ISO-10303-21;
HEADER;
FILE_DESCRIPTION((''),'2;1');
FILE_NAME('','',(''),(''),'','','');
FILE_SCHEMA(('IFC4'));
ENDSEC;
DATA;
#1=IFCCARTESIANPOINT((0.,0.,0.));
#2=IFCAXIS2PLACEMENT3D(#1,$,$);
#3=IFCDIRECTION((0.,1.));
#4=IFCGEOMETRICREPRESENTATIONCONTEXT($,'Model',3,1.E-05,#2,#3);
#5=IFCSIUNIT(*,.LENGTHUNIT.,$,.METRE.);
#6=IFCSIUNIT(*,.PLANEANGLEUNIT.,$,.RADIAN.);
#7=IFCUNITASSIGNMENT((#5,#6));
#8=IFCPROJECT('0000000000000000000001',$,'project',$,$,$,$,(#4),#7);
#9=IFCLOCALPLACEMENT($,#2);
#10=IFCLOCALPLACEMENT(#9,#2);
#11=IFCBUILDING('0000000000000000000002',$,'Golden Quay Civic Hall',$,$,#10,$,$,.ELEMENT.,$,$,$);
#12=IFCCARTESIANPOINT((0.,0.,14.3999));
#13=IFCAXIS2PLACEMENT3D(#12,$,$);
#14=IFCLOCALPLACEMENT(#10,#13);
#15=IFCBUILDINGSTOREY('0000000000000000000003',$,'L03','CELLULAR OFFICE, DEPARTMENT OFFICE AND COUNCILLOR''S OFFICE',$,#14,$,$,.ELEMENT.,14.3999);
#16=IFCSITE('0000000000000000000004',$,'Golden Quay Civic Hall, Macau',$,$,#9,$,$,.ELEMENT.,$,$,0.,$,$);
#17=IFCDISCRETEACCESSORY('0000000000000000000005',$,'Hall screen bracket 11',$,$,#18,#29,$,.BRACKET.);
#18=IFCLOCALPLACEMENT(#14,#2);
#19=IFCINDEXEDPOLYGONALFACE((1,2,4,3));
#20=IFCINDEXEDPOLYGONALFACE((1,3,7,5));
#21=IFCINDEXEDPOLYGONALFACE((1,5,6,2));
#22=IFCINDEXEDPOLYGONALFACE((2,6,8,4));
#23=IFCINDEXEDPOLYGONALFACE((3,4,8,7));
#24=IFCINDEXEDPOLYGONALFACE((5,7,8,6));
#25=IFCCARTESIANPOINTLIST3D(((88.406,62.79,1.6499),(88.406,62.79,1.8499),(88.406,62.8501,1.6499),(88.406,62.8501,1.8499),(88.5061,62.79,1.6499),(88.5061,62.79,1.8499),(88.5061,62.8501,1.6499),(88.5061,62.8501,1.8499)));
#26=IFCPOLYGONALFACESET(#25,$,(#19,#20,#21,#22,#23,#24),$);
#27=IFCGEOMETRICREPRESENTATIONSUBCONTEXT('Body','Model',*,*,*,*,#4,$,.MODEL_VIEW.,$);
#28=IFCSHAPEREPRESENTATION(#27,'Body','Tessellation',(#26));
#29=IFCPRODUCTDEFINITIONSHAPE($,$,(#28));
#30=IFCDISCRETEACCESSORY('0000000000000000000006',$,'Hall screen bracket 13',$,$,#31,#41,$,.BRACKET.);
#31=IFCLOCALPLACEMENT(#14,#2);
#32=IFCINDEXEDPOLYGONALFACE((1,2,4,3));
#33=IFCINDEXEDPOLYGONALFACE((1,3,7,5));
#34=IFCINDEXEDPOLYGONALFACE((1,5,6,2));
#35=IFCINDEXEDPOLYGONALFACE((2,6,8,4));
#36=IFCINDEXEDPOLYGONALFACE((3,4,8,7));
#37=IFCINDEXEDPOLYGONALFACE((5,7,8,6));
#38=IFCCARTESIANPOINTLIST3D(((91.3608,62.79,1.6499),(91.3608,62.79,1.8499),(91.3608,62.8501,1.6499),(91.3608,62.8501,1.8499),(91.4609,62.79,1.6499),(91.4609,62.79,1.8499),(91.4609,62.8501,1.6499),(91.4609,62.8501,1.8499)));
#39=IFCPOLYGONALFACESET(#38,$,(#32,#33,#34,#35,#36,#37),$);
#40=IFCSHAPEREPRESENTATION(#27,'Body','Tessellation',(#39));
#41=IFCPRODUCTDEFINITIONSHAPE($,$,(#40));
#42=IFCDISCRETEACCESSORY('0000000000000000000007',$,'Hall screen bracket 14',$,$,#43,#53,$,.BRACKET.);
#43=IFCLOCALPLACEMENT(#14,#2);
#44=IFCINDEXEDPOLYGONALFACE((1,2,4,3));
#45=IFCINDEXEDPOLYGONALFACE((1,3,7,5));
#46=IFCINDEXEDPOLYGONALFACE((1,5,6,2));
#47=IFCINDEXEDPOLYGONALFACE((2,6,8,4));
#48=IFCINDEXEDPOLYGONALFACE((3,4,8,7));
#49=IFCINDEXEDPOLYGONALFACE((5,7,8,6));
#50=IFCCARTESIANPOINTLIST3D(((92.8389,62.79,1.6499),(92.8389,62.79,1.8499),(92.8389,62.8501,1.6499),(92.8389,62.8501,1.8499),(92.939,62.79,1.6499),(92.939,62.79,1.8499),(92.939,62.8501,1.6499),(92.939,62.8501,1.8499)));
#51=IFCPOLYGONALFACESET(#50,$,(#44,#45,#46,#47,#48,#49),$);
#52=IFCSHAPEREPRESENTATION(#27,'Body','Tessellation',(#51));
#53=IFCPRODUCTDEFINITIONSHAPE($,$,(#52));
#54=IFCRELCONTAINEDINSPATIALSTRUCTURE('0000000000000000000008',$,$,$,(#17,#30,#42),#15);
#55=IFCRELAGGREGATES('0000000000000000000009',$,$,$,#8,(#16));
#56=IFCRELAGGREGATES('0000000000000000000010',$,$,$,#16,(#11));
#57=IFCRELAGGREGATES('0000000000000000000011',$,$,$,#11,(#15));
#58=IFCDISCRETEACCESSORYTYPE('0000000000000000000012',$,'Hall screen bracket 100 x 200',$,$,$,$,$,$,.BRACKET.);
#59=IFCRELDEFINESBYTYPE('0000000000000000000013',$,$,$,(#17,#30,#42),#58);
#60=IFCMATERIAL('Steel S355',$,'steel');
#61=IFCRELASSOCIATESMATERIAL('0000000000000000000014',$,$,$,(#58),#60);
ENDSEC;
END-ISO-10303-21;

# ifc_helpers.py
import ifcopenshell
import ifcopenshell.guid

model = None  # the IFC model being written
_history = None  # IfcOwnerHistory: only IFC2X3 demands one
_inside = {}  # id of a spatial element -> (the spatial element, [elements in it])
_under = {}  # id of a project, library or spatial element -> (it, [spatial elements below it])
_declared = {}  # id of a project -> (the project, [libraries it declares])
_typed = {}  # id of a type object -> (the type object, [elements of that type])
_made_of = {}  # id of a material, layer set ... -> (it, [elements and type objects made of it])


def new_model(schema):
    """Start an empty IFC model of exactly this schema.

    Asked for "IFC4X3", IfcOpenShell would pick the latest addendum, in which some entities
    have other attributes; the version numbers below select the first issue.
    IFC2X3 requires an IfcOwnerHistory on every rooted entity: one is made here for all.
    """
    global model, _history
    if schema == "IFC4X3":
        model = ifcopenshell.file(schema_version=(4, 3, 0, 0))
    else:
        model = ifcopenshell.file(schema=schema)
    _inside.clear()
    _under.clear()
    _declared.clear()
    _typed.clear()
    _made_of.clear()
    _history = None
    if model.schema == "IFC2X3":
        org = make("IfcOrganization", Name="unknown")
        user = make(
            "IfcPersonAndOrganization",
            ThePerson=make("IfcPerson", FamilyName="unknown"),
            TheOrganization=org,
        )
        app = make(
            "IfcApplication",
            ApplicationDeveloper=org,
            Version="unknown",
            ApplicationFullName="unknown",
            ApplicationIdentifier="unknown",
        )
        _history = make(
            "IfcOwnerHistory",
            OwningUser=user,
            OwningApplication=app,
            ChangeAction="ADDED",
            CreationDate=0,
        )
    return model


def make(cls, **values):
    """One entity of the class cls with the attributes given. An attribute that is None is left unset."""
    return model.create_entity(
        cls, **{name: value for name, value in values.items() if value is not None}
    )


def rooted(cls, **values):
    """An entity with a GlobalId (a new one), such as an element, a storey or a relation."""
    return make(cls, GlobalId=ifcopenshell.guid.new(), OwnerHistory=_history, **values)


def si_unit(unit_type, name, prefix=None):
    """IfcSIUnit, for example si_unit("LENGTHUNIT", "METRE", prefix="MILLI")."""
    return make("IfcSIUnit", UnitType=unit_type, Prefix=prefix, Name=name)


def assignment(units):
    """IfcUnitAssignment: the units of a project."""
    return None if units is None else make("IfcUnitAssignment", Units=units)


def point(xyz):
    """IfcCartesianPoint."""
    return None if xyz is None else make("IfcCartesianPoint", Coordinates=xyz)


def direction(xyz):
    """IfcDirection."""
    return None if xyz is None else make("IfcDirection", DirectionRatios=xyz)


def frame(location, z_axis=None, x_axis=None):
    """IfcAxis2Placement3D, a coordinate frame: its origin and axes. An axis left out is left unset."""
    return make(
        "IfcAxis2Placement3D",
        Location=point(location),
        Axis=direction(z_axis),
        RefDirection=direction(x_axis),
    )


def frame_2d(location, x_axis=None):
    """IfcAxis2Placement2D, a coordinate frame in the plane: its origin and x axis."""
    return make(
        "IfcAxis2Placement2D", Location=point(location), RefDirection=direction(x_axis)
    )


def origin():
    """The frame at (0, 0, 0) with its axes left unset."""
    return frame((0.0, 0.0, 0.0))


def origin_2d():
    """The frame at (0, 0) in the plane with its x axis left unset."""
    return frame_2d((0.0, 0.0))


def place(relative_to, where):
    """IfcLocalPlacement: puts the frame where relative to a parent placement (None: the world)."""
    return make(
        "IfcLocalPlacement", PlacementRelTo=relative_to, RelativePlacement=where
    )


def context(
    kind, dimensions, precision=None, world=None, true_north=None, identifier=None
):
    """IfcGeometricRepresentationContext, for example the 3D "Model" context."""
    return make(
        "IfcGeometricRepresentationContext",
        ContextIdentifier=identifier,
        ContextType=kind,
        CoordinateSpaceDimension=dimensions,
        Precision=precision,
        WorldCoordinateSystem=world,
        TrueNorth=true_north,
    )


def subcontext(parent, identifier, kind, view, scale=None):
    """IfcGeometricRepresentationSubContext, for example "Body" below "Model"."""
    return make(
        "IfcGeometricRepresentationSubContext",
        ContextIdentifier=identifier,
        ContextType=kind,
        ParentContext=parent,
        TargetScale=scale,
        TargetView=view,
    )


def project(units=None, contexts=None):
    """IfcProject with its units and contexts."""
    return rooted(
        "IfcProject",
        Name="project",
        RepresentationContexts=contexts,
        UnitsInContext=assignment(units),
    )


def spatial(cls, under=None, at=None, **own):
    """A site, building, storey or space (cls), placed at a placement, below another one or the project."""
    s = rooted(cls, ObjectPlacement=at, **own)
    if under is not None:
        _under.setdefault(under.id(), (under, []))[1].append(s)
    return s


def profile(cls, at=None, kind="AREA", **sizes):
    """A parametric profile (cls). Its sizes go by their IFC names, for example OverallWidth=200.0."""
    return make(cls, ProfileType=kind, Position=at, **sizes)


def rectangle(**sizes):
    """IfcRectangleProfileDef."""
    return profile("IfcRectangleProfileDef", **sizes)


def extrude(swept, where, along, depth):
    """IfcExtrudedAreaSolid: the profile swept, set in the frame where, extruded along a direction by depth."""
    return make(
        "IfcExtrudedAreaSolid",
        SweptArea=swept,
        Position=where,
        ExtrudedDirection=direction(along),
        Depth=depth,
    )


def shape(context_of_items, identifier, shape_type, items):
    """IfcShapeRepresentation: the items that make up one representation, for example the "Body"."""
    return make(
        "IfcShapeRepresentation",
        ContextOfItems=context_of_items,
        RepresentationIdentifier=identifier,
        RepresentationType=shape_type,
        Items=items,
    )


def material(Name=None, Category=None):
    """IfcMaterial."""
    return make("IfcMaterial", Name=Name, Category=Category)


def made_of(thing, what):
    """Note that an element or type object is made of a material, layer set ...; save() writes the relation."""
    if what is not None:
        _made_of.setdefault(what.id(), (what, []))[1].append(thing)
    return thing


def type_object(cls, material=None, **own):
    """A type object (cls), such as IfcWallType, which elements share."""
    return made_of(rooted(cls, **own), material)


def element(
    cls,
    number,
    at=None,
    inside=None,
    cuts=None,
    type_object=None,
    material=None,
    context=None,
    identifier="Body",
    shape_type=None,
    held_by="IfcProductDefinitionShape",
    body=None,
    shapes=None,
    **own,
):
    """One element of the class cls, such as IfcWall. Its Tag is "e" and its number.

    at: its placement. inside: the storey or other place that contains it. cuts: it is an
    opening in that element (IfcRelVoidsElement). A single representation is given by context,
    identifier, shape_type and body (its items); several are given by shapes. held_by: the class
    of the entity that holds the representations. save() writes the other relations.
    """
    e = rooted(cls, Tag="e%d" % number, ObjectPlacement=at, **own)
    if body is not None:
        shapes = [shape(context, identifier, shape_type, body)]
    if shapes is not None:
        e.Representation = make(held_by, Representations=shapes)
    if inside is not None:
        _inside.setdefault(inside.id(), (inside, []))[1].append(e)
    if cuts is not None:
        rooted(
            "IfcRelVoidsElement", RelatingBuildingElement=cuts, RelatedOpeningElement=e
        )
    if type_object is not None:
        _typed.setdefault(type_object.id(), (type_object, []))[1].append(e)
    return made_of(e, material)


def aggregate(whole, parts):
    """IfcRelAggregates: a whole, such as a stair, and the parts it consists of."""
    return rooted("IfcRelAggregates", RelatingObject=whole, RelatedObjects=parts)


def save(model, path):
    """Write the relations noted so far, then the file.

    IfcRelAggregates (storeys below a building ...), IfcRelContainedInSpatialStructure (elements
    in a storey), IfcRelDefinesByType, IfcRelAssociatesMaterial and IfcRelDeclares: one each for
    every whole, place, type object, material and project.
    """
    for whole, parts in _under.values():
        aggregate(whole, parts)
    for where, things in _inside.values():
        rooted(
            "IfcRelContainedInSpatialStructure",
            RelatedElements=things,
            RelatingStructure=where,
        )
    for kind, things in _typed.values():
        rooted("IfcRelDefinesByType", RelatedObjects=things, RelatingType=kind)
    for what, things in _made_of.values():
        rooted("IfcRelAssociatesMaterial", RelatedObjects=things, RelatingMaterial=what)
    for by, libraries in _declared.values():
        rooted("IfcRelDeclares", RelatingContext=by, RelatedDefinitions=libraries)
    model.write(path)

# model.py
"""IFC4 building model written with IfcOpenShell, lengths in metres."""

from ifc_helpers import new_model, si_unit, direction, frame, origin, origin_2d, place, context, subcontext, project, spatial, rectangle, extrude, material, type_object, element, save


model = new_model("IFC4")

# Units and contexts
model_context = context("Model", 3, precision=1e-05, world=origin(), true_north=direction((0.0, 1.0)))
body_context = subcontext(model_context, "Body", "Model", "MODEL_VIEW")
ifc_project = project(units=[si_unit("LENGTHUNIT", "METRE"), si_unit("PLANEANGLEUNIT", "RADIAN")], contexts=[model_context])

# Site, building, storey
site_placement = place(None, origin())
site = spatial("IfcSite", under=ifc_project, at=site_placement, Name="Golden Quay Civic Hall, Macau", CompositionType="ELEMENT", RefElevation=0.0)
building_placement = place(site_placement, origin())
building = spatial("IfcBuilding", under=site, at=building_placement, Name="Golden Quay Civic Hall", CompositionType="ELEMENT")
storey_placement = place(building_placement, frame((0.0, 0.0, 14.3999)))
storey = spatial("IfcBuildingStorey", under=building, at=storey_placement, Name="L03", Description="CELLULAR OFFICE, DEPARTMENT OFFICE AND COUNCILLOR'S OFFICE", CompositionType="ELEMENT", Elevation=14.3999)

# Discrete accessories
ifc_material_1 = material(Name="Steel S355", Category="steel")
discrete_accessory_type = type_object("IfcDiscreteAccessoryType", Name="Hall screen bracket 100 x 200", PredefinedType="BRACKET", material=ifc_material_1)
for number, where, z_axis, x_axis, name in (
    (1, (88.4561, 62.8201, 1.6499), (0.0, 0.0, 1.0), (1.0, 0.0, 0.0), "Hall screen bracket 11"),
    (2, (91.4109, 62.8201, 1.6499), (0.0, 0.0, 1.0), (1.0, 0.0, 0.0), "Hall screen bracket 13"),
    (3, (92.8889, 62.8201, 1.6499), (0.0, 0.0, 1.0), (1.0, 0.0, 0.0), "Hall screen bracket 14"),
):
    element("IfcDiscreteAccessory", number, at=place(storey_placement, frame(where, z_axis=z_axis, x_axis=x_axis)), inside=storey, type_object=discrete_accessory_type, Name=name, PredefinedType="BRACKET", context=body_context, shape_type="SweptSolid", body=[
        extrude(rectangle(XDim=0.1001, YDim=0.0601, at=origin_2d()), origin(), (0.0, 0.0, 1.0), 0.2),
    ])

save(model, "model.ifc")
